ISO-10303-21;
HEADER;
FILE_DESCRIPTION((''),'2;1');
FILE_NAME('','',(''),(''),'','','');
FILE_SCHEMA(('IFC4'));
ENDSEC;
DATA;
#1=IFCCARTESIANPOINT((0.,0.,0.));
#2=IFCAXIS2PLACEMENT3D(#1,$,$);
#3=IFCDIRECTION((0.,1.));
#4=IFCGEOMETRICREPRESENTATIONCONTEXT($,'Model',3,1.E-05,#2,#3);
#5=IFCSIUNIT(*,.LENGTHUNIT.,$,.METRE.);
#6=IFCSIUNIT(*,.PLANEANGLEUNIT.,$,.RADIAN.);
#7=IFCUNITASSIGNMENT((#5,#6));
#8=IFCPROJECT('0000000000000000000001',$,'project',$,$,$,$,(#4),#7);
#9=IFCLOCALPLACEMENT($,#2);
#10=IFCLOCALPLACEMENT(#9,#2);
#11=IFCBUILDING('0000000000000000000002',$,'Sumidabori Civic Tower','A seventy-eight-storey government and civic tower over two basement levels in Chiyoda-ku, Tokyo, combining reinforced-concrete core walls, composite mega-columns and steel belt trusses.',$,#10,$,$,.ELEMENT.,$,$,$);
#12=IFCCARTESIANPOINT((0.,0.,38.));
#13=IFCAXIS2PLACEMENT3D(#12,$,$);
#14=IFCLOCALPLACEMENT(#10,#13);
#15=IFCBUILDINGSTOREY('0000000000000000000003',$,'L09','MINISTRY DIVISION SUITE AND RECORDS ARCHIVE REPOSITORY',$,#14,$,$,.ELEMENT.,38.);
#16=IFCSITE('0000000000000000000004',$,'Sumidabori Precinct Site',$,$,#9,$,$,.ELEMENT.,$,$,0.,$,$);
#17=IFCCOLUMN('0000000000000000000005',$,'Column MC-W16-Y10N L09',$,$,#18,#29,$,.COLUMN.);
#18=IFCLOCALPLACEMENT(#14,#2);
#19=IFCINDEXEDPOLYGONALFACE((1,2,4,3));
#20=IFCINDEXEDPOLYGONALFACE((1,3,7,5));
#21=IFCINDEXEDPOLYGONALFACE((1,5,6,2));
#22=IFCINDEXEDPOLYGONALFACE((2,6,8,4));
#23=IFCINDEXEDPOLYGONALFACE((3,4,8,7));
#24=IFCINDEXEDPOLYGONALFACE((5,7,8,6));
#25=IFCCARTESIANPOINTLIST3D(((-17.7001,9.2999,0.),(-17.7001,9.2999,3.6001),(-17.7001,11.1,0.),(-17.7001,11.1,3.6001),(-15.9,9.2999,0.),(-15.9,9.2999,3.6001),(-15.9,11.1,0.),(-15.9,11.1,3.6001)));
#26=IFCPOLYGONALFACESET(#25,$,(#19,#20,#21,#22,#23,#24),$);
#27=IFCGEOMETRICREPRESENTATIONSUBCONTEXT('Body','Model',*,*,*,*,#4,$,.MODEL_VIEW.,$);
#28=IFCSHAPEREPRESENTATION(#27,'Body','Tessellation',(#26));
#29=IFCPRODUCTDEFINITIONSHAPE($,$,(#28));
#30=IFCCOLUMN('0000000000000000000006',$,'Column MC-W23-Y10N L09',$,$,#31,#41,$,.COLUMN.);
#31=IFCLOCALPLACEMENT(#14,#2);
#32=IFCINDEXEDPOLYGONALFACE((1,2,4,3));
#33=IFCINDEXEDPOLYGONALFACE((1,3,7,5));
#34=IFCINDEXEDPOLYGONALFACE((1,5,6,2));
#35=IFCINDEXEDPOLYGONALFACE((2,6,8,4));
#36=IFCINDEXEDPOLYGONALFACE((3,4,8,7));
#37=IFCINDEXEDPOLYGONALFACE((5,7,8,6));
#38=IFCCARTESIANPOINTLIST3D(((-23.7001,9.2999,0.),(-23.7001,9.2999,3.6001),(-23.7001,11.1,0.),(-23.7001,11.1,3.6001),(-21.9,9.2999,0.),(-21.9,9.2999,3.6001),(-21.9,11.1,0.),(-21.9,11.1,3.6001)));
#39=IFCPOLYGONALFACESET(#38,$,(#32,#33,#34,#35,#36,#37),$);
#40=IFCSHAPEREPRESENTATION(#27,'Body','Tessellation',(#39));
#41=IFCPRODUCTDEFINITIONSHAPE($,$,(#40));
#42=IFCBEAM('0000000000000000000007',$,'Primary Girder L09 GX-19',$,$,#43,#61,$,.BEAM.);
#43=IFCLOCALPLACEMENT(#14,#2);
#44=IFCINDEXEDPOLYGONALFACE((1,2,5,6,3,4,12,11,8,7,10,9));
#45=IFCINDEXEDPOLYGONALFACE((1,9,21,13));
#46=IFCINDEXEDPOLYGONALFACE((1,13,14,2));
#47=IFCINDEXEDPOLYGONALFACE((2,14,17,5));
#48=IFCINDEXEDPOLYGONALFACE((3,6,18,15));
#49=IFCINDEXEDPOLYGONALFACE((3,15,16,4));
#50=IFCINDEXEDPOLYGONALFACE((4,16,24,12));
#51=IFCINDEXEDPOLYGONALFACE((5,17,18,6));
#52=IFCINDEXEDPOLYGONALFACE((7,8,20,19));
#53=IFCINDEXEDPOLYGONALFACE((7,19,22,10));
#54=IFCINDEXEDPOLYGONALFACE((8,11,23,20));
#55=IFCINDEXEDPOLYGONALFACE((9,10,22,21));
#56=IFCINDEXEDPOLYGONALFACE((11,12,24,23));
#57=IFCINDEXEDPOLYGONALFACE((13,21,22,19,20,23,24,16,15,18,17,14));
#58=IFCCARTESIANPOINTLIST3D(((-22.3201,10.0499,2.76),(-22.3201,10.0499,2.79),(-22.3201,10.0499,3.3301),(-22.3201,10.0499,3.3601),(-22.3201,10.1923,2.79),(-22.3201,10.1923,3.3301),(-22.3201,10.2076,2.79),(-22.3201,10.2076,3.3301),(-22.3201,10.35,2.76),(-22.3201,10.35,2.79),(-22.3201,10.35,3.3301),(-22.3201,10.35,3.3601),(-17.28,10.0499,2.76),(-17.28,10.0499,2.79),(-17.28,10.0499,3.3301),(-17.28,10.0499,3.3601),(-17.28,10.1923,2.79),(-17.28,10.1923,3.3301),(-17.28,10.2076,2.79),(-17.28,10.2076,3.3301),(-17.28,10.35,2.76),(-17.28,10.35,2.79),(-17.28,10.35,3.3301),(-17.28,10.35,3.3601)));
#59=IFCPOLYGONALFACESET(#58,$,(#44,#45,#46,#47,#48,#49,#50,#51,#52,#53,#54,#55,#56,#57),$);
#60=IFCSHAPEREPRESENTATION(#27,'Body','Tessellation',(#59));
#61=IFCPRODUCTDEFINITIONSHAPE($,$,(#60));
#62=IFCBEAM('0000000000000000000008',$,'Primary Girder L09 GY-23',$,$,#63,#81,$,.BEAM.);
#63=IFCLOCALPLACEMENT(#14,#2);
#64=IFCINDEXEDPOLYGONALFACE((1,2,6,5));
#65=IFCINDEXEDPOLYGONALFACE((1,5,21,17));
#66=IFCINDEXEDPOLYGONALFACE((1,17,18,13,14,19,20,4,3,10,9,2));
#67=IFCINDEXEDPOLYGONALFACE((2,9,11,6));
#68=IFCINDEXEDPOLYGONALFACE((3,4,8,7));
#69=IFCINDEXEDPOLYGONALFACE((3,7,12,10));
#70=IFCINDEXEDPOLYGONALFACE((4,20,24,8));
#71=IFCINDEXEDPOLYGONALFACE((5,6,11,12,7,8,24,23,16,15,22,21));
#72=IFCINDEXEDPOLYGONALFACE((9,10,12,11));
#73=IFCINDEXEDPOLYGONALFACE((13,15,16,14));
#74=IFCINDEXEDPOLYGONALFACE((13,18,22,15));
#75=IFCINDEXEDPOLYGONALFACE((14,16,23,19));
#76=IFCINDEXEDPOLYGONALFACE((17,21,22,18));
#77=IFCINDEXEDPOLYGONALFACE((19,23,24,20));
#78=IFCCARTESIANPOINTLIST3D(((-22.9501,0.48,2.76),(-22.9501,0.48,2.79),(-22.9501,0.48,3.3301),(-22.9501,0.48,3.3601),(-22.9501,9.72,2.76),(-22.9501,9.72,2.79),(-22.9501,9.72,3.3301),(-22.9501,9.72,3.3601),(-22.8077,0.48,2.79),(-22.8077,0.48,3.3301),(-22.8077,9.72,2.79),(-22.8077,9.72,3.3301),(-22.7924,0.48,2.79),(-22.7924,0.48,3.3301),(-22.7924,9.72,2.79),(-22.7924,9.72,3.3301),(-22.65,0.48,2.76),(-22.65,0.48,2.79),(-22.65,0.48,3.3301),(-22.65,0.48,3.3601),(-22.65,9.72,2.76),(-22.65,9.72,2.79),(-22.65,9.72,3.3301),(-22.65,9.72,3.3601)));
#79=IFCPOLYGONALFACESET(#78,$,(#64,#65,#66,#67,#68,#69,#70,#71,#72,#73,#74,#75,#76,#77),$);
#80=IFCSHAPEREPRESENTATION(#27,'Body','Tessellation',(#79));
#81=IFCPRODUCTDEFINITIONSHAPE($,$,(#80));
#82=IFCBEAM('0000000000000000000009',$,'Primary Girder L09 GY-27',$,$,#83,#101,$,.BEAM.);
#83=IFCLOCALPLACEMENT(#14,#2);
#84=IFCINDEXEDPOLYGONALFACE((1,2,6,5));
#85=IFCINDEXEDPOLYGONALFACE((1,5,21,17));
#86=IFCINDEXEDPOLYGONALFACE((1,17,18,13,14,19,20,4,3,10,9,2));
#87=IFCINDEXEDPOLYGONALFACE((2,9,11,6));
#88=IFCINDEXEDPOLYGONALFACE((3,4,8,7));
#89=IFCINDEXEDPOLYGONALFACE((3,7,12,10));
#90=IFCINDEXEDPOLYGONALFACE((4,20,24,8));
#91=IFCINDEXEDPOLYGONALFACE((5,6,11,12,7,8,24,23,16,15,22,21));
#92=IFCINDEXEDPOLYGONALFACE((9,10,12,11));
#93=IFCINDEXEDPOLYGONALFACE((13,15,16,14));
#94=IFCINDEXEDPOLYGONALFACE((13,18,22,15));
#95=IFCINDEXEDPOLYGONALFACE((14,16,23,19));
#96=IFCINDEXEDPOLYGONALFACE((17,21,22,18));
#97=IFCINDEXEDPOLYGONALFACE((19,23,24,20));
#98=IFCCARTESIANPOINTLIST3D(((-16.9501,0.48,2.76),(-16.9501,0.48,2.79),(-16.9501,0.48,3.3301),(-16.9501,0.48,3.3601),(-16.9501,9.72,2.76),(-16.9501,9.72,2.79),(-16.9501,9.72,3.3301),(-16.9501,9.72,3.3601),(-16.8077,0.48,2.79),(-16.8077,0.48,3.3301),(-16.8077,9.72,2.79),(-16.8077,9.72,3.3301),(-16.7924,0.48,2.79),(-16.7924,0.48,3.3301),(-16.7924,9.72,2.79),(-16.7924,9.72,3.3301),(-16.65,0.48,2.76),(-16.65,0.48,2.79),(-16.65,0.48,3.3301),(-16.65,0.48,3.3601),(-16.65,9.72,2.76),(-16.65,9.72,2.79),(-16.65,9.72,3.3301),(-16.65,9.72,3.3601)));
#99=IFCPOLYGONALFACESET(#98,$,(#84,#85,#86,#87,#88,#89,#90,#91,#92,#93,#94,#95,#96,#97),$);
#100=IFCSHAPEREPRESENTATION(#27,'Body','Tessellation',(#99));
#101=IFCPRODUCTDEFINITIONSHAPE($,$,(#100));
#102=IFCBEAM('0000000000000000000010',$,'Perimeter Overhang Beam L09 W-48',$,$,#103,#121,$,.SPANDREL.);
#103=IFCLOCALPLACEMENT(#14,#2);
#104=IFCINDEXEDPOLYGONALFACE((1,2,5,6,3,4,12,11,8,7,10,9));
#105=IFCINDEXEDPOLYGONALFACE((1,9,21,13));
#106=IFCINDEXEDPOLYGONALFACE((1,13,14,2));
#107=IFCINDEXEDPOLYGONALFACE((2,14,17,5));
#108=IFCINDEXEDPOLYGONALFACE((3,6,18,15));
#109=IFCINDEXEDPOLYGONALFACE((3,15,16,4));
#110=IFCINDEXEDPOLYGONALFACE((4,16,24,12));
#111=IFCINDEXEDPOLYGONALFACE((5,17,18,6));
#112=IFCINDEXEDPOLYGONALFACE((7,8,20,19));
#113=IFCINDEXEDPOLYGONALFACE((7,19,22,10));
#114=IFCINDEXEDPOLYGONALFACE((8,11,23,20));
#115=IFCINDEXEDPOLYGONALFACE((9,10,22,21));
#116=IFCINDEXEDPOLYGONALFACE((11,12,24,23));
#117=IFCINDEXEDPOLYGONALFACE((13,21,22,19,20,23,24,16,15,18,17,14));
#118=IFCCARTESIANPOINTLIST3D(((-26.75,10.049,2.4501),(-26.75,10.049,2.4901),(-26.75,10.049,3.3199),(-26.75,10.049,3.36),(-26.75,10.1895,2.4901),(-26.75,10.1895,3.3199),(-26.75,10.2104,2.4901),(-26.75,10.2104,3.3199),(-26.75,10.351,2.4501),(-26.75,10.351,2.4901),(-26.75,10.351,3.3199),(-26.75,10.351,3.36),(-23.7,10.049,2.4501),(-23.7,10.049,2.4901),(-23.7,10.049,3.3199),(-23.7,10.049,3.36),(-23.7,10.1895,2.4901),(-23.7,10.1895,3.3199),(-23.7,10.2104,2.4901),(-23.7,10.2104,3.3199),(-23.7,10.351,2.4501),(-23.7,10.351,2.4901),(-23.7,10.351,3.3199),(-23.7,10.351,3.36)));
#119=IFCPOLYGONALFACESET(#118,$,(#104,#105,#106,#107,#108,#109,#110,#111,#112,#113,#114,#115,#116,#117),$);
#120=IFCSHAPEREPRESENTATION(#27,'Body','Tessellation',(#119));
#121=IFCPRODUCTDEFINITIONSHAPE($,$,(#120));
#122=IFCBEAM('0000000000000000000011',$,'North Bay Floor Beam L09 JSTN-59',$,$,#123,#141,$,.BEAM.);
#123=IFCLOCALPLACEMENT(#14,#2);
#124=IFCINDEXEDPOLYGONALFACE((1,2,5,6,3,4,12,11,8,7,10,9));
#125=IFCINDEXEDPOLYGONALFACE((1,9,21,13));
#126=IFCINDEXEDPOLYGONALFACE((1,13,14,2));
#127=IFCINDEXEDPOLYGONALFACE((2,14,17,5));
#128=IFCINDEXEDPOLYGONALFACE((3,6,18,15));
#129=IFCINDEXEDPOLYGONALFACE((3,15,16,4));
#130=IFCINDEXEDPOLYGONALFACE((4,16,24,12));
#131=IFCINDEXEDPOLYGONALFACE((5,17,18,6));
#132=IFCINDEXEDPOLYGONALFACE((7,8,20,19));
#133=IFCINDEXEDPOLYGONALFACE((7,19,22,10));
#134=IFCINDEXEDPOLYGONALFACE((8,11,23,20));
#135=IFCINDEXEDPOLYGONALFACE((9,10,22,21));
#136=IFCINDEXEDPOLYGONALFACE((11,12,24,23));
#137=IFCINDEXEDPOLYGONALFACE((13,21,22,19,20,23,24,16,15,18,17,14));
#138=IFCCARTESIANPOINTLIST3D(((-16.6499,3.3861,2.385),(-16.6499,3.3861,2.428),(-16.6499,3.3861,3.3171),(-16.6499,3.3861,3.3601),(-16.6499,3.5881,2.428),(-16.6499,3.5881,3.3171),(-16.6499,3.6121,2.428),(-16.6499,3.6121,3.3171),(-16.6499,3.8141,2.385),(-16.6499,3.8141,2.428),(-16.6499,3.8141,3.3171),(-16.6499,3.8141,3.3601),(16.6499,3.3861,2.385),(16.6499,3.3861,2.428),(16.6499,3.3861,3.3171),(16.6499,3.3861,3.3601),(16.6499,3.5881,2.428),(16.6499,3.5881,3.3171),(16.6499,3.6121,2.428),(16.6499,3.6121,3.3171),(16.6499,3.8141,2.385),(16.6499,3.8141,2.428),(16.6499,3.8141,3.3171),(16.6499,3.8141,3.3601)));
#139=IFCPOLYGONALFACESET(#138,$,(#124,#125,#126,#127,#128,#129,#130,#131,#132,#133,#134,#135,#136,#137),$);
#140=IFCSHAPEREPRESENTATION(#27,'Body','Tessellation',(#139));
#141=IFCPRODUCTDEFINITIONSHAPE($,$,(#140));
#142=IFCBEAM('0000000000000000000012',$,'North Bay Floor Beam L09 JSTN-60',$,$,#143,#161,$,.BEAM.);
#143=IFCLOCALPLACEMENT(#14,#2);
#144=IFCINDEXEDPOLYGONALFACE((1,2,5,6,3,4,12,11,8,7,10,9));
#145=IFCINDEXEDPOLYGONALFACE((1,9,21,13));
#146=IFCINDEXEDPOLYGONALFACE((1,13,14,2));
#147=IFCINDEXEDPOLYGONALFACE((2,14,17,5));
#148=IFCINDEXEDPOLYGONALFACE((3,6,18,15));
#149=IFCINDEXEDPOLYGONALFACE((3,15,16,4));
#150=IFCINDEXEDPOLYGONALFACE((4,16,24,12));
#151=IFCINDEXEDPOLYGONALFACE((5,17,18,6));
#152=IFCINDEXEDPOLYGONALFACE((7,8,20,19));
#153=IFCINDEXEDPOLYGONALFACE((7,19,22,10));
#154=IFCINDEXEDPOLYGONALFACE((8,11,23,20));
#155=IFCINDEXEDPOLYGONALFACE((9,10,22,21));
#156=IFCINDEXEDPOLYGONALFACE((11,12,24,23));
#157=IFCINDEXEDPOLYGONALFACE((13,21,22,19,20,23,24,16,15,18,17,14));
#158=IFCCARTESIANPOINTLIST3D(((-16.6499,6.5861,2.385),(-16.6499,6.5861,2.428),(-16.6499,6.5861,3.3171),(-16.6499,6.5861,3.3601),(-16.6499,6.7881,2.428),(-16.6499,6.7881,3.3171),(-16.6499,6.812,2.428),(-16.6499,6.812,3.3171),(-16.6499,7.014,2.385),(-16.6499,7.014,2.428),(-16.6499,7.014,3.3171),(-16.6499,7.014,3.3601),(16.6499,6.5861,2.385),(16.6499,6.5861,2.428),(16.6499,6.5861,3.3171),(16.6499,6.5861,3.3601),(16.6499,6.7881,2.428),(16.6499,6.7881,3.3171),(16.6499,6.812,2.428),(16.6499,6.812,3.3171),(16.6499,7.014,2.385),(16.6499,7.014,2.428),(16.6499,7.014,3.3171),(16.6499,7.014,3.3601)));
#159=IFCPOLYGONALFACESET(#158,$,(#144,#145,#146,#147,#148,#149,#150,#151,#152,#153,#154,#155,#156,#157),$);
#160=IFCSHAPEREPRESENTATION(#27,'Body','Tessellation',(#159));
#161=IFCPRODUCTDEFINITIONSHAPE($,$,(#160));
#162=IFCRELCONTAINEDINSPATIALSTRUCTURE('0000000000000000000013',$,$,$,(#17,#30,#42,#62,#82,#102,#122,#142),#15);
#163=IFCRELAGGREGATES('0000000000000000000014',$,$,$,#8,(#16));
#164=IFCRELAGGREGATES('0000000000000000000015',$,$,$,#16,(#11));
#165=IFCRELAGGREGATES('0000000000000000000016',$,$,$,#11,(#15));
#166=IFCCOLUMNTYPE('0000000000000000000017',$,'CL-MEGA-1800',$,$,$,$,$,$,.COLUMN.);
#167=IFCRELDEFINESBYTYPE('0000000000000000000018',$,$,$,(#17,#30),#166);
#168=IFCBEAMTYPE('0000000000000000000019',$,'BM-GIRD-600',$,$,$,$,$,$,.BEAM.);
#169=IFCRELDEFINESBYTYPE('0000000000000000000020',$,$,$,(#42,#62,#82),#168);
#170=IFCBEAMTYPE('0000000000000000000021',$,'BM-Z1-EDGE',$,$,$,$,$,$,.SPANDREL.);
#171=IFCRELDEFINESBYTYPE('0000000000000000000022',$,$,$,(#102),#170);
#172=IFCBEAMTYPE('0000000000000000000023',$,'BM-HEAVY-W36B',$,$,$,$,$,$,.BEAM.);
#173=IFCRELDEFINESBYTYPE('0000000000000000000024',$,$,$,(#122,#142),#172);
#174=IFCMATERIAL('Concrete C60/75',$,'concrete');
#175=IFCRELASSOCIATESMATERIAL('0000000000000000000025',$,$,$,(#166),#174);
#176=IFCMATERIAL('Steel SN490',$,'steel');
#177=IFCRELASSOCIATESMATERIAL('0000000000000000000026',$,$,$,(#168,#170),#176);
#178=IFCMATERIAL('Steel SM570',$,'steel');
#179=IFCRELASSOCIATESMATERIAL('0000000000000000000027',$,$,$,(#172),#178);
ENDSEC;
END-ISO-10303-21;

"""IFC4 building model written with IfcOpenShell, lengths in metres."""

from ifc_helpers import new_model, si_unit, direction, frame, origin, origin_2d, place, context, subcontext, project, spatial, rectangle, i_section, extrude, source, transform, mapped, material, material_profile, profile_set, type_object, element, save


model = new_model("IFC4")

# Units and contexts
model_context = context("Model", 3, precision=1e-05, world=origin(), true_north=direction((0.0, 1.0)))
body_context = subcontext(model_context, "Body", "Model", "MODEL_VIEW")
ifc_project = project(units=[si_unit("LENGTHUNIT", "METRE"), si_unit("PLANEANGLEUNIT", "RADIAN")], contexts=[model_context])

# Site, building, storey
site_placement = place(None, origin())
site = spatial("IfcSite", under=ifc_project, at=site_placement, Name="Sumidabori Precinct Site", CompositionType="ELEMENT", RefElevation=0.0)
building_placement = place(site_placement, origin())
building = spatial("IfcBuilding", under=site, at=building_placement, Name="Sumidabori Civic Tower", Description="A seventy-eight-storey government and civic tower over two basement levels in Chiyoda-ku, Tokyo, combining reinforced-concrete core walls, composite mega-columns and steel belt trusses.", CompositionType="ELEMENT")
storey_placement = place(building_placement, frame((0.0, 0.0, 38.0)))
storey = spatial("IfcBuildingStorey", under=building, at=storey_placement, Name="L09", Description="MINISTRY DIVISION SUITE AND RECORDS ARCHIVE REPOSITORY", CompositionType="ELEMENT", Elevation=38.0)

# Columns
ifc_material_1 = material(Name="Concrete C60/75", Category="concrete")
ifc_material_profile_1 = material_profile(ifc_material_1, rectangle(XDim=1.8, YDim=1.8, at=origin_2d()), Name="RC 1800x1800")
ifc_profile_set_1 = profile_set([ifc_material_profile_1], Name="Concrete C60/75")
column_type = type_object("IfcColumnType", Name="CL-MEGA-1800", PredefinedType="COLUMN", material=ifc_profile_set_1)
shared_shape_1 = source(origin(), body_context, "Body", "SweptSolid", [
    extrude(rectangle(XDim=1.8, YDim=1.8, at=origin_2d()), origin(), (0.0, 0.0, 1.0), 3.6001),
])
for number, where, z_axis, x_axis, name in (
    (1, (-16.8, 10.2, 0.0), (0.0, 0.0, 1.0), (1.0, 0.0, 0.0), "Column MC-W16-Y10N L09"),
    (2, (-22.8, 10.2, 0.0), (0.0, 0.0, 1.0), (1.0, 0.0, 0.0), "Column MC-W23-Y10N L09"),
):
    element("IfcColumn", number, at=place(storey_placement, frame(where, z_axis=z_axis, x_axis=x_axis)), inside=storey, type_object=column_type, Name=name, PredefinedType="COLUMN", context=body_context, shape_type="MappedRepresentation", body=[
        mapped(shared_shape_1, transform((0.0, 0.0, 0.0), x_axis=(1.0, 0.0, 0.0), y_axis=(0.0, 1.0, 0.0), z_axis=(0.0, 0.0, 1.0), scale=1.0)),
    ])

# Beams
ifc_material_2 = material(Name="Steel SN490", Category="steel")
ifc_material_profile_2 = material_profile(ifc_material_2, i_section(OverallWidth=0.3, OverallDepth=0.6001, WebThickness=0.0154, FlangeThickness=0.03, at=origin_2d()), Name="HE 600 B")
ifc_profile_set_2 = profile_set([ifc_material_profile_2], Name="Steel SN490")
beam_type_1 = type_object("IfcBeamType", Name="BM-GIRD-600", PredefinedType="BEAM", material=ifc_profile_set_2)
shared_shape_2 = source(origin(), body_context, "Body", "SweptSolid", [
    extrude(i_section(OverallWidth=0.3, OverallDepth=0.6001, WebThickness=0.0154, FlangeThickness=0.03, at=origin_2d()), origin(), (0.0, 0.0, 1.0), 5.04),
])
beam_1_placement = place(storey_placement, frame((-22.3201, 10.2, 3.0601), z_axis=(1.0, 0.0, 0.0), x_axis=(0.0, 1.0, 0.0)))
element("IfcBeam", 3, at=beam_1_placement, inside=storey, type_object=beam_type_1, Name="Primary Girder L09 GX-19", PredefinedType="BEAM", context=body_context, shape_type="MappedRepresentation", body=[
    mapped(shared_shape_2, transform((0.0, 0.0, 0.0), x_axis=(1.0, 0.0, 0.0), y_axis=(0.0, 1.0, 0.0), z_axis=(0.0, 0.0, 1.0), scale=1.0)),
])
shared_shape_3 = source(origin(), body_context, "Body", "SweptSolid", [
    extrude(i_section(OverallWidth=0.3, OverallDepth=0.6001, WebThickness=0.0154, FlangeThickness=0.03, at=origin_2d()), origin(), (0.0, 0.0, 1.0), 9.24),
])
for number, where, z_axis, x_axis, name in (
    (4, (-22.8, 0.48, 3.0601), (0.0, 1.0, 0.0), (-1.0, 0.0, 0.0), "Primary Girder L09 GY-23"),
    (5, (-16.8, 0.48, 3.0601), (0.0, 1.0, 0.0), (-1.0, 0.0, 0.0), "Primary Girder L09 GY-27"),
):
    element("IfcBeam", number, at=place(storey_placement, frame(where, z_axis=z_axis, x_axis=x_axis)), inside=storey, type_object=beam_type_1, Name=name, PredefinedType="BEAM", context=body_context, shape_type="MappedRepresentation", body=[
        mapped(shared_shape_3, transform((0.0, 0.0, 0.0), x_axis=(1.0, 0.0, 0.0), y_axis=(0.0, 1.0, 0.0), z_axis=(0.0, 0.0, 1.0), scale=1.0)),
    ])
ifc_material_profile_3 = material_profile(ifc_material_2, i_section(OverallWidth=0.302, OverallDepth=0.9099, WebThickness=0.021, FlangeThickness=0.04, at=origin_2d()), Name="HE 900 M")
ifc_profile_set_3 = profile_set([ifc_material_profile_3], Name="Steel SN490")
beam_type_2 = type_object("IfcBeamType", Name="BM-Z1-EDGE", PredefinedType="SPANDREL", material=ifc_profile_set_3)
shared_shape_4 = source(origin(), body_context, "Body", "SweptSolid", [
    extrude(i_section(OverallWidth=0.302, OverallDepth=0.9099, WebThickness=0.021, FlangeThickness=0.04, at=origin_2d()), origin(), (0.0, 0.0, 1.0), 3.05),
])
beam_2_placement = place(storey_placement, frame((-26.75, 10.2, 2.905), z_axis=(1.0, 0.0, 0.0), x_axis=(0.0, 1.0, 0.0)))
element("IfcBeam", 6, at=beam_2_placement, inside=storey, type_object=beam_type_2, Name="Perimeter Overhang Beam L09 W-48", PredefinedType="SPANDREL", context=body_context, shape_type="MappedRepresentation", body=[
    mapped(shared_shape_4, transform((0.0, 0.0, 0.0), x_axis=(1.0, 0.0, 0.0), y_axis=(0.0, 1.0, 0.0), z_axis=(0.0, 0.0, 1.0), scale=1.0)),
])
ifc_material_3 = material(Name="Steel SM570", Category="steel")
ifc_material_profile_4 = material_profile(ifc_material_3, i_section(OverallWidth=0.428, OverallDepth=0.9751, WebThickness=0.0239, FlangeThickness=0.043, at=origin_2d()), Name="W36X395")
ifc_profile_set_4 = profile_set([ifc_material_profile_4], Name="Steel SM570")
beam_type_3 = type_object("IfcBeamType", Name="BM-HEAVY-W36B", PredefinedType="BEAM", material=ifc_profile_set_4)
shared_shape_5 = source(origin(), body_context, "Body", "SweptSolid", [
    extrude(i_section(OverallWidth=0.428, OverallDepth=0.9751, WebThickness=0.0239, FlangeThickness=0.043, at=origin_2d()), origin(), (0.0, 0.0, 1.0), 33.2998),
])
for number, where, z_axis, x_axis, name in (
    (7, (-16.6499, 3.6001, 2.8726), (1.0, 0.0, 0.0), (0.0, 1.0, 0.0), "North Bay Floor Beam L09 JSTN-59"),
    (8, (-16.6499, 6.8, 2.8726), (1.0, 0.0, 0.0), (0.0, 1.0, 0.0), "North Bay Floor Beam L09 JSTN-60"),
):
    element("IfcBeam", number, at=place(storey_placement, frame(where, z_axis=z_axis, x_axis=x_axis)), inside=storey, type_object=beam_type_3, Name=name, PredefinedType="BEAM", context=body_context, shape_type="MappedRepresentation", body=[
        mapped(shared_shape_5, transform((0.0, 0.0, 0.0), x_axis=(1.0, 0.0, 0.0), y_axis=(0.0, 1.0, 0.0), z_axis=(0.0, 0.0, 1.0), scale=1.0)),
    ])

save(model, "model.ifc")
